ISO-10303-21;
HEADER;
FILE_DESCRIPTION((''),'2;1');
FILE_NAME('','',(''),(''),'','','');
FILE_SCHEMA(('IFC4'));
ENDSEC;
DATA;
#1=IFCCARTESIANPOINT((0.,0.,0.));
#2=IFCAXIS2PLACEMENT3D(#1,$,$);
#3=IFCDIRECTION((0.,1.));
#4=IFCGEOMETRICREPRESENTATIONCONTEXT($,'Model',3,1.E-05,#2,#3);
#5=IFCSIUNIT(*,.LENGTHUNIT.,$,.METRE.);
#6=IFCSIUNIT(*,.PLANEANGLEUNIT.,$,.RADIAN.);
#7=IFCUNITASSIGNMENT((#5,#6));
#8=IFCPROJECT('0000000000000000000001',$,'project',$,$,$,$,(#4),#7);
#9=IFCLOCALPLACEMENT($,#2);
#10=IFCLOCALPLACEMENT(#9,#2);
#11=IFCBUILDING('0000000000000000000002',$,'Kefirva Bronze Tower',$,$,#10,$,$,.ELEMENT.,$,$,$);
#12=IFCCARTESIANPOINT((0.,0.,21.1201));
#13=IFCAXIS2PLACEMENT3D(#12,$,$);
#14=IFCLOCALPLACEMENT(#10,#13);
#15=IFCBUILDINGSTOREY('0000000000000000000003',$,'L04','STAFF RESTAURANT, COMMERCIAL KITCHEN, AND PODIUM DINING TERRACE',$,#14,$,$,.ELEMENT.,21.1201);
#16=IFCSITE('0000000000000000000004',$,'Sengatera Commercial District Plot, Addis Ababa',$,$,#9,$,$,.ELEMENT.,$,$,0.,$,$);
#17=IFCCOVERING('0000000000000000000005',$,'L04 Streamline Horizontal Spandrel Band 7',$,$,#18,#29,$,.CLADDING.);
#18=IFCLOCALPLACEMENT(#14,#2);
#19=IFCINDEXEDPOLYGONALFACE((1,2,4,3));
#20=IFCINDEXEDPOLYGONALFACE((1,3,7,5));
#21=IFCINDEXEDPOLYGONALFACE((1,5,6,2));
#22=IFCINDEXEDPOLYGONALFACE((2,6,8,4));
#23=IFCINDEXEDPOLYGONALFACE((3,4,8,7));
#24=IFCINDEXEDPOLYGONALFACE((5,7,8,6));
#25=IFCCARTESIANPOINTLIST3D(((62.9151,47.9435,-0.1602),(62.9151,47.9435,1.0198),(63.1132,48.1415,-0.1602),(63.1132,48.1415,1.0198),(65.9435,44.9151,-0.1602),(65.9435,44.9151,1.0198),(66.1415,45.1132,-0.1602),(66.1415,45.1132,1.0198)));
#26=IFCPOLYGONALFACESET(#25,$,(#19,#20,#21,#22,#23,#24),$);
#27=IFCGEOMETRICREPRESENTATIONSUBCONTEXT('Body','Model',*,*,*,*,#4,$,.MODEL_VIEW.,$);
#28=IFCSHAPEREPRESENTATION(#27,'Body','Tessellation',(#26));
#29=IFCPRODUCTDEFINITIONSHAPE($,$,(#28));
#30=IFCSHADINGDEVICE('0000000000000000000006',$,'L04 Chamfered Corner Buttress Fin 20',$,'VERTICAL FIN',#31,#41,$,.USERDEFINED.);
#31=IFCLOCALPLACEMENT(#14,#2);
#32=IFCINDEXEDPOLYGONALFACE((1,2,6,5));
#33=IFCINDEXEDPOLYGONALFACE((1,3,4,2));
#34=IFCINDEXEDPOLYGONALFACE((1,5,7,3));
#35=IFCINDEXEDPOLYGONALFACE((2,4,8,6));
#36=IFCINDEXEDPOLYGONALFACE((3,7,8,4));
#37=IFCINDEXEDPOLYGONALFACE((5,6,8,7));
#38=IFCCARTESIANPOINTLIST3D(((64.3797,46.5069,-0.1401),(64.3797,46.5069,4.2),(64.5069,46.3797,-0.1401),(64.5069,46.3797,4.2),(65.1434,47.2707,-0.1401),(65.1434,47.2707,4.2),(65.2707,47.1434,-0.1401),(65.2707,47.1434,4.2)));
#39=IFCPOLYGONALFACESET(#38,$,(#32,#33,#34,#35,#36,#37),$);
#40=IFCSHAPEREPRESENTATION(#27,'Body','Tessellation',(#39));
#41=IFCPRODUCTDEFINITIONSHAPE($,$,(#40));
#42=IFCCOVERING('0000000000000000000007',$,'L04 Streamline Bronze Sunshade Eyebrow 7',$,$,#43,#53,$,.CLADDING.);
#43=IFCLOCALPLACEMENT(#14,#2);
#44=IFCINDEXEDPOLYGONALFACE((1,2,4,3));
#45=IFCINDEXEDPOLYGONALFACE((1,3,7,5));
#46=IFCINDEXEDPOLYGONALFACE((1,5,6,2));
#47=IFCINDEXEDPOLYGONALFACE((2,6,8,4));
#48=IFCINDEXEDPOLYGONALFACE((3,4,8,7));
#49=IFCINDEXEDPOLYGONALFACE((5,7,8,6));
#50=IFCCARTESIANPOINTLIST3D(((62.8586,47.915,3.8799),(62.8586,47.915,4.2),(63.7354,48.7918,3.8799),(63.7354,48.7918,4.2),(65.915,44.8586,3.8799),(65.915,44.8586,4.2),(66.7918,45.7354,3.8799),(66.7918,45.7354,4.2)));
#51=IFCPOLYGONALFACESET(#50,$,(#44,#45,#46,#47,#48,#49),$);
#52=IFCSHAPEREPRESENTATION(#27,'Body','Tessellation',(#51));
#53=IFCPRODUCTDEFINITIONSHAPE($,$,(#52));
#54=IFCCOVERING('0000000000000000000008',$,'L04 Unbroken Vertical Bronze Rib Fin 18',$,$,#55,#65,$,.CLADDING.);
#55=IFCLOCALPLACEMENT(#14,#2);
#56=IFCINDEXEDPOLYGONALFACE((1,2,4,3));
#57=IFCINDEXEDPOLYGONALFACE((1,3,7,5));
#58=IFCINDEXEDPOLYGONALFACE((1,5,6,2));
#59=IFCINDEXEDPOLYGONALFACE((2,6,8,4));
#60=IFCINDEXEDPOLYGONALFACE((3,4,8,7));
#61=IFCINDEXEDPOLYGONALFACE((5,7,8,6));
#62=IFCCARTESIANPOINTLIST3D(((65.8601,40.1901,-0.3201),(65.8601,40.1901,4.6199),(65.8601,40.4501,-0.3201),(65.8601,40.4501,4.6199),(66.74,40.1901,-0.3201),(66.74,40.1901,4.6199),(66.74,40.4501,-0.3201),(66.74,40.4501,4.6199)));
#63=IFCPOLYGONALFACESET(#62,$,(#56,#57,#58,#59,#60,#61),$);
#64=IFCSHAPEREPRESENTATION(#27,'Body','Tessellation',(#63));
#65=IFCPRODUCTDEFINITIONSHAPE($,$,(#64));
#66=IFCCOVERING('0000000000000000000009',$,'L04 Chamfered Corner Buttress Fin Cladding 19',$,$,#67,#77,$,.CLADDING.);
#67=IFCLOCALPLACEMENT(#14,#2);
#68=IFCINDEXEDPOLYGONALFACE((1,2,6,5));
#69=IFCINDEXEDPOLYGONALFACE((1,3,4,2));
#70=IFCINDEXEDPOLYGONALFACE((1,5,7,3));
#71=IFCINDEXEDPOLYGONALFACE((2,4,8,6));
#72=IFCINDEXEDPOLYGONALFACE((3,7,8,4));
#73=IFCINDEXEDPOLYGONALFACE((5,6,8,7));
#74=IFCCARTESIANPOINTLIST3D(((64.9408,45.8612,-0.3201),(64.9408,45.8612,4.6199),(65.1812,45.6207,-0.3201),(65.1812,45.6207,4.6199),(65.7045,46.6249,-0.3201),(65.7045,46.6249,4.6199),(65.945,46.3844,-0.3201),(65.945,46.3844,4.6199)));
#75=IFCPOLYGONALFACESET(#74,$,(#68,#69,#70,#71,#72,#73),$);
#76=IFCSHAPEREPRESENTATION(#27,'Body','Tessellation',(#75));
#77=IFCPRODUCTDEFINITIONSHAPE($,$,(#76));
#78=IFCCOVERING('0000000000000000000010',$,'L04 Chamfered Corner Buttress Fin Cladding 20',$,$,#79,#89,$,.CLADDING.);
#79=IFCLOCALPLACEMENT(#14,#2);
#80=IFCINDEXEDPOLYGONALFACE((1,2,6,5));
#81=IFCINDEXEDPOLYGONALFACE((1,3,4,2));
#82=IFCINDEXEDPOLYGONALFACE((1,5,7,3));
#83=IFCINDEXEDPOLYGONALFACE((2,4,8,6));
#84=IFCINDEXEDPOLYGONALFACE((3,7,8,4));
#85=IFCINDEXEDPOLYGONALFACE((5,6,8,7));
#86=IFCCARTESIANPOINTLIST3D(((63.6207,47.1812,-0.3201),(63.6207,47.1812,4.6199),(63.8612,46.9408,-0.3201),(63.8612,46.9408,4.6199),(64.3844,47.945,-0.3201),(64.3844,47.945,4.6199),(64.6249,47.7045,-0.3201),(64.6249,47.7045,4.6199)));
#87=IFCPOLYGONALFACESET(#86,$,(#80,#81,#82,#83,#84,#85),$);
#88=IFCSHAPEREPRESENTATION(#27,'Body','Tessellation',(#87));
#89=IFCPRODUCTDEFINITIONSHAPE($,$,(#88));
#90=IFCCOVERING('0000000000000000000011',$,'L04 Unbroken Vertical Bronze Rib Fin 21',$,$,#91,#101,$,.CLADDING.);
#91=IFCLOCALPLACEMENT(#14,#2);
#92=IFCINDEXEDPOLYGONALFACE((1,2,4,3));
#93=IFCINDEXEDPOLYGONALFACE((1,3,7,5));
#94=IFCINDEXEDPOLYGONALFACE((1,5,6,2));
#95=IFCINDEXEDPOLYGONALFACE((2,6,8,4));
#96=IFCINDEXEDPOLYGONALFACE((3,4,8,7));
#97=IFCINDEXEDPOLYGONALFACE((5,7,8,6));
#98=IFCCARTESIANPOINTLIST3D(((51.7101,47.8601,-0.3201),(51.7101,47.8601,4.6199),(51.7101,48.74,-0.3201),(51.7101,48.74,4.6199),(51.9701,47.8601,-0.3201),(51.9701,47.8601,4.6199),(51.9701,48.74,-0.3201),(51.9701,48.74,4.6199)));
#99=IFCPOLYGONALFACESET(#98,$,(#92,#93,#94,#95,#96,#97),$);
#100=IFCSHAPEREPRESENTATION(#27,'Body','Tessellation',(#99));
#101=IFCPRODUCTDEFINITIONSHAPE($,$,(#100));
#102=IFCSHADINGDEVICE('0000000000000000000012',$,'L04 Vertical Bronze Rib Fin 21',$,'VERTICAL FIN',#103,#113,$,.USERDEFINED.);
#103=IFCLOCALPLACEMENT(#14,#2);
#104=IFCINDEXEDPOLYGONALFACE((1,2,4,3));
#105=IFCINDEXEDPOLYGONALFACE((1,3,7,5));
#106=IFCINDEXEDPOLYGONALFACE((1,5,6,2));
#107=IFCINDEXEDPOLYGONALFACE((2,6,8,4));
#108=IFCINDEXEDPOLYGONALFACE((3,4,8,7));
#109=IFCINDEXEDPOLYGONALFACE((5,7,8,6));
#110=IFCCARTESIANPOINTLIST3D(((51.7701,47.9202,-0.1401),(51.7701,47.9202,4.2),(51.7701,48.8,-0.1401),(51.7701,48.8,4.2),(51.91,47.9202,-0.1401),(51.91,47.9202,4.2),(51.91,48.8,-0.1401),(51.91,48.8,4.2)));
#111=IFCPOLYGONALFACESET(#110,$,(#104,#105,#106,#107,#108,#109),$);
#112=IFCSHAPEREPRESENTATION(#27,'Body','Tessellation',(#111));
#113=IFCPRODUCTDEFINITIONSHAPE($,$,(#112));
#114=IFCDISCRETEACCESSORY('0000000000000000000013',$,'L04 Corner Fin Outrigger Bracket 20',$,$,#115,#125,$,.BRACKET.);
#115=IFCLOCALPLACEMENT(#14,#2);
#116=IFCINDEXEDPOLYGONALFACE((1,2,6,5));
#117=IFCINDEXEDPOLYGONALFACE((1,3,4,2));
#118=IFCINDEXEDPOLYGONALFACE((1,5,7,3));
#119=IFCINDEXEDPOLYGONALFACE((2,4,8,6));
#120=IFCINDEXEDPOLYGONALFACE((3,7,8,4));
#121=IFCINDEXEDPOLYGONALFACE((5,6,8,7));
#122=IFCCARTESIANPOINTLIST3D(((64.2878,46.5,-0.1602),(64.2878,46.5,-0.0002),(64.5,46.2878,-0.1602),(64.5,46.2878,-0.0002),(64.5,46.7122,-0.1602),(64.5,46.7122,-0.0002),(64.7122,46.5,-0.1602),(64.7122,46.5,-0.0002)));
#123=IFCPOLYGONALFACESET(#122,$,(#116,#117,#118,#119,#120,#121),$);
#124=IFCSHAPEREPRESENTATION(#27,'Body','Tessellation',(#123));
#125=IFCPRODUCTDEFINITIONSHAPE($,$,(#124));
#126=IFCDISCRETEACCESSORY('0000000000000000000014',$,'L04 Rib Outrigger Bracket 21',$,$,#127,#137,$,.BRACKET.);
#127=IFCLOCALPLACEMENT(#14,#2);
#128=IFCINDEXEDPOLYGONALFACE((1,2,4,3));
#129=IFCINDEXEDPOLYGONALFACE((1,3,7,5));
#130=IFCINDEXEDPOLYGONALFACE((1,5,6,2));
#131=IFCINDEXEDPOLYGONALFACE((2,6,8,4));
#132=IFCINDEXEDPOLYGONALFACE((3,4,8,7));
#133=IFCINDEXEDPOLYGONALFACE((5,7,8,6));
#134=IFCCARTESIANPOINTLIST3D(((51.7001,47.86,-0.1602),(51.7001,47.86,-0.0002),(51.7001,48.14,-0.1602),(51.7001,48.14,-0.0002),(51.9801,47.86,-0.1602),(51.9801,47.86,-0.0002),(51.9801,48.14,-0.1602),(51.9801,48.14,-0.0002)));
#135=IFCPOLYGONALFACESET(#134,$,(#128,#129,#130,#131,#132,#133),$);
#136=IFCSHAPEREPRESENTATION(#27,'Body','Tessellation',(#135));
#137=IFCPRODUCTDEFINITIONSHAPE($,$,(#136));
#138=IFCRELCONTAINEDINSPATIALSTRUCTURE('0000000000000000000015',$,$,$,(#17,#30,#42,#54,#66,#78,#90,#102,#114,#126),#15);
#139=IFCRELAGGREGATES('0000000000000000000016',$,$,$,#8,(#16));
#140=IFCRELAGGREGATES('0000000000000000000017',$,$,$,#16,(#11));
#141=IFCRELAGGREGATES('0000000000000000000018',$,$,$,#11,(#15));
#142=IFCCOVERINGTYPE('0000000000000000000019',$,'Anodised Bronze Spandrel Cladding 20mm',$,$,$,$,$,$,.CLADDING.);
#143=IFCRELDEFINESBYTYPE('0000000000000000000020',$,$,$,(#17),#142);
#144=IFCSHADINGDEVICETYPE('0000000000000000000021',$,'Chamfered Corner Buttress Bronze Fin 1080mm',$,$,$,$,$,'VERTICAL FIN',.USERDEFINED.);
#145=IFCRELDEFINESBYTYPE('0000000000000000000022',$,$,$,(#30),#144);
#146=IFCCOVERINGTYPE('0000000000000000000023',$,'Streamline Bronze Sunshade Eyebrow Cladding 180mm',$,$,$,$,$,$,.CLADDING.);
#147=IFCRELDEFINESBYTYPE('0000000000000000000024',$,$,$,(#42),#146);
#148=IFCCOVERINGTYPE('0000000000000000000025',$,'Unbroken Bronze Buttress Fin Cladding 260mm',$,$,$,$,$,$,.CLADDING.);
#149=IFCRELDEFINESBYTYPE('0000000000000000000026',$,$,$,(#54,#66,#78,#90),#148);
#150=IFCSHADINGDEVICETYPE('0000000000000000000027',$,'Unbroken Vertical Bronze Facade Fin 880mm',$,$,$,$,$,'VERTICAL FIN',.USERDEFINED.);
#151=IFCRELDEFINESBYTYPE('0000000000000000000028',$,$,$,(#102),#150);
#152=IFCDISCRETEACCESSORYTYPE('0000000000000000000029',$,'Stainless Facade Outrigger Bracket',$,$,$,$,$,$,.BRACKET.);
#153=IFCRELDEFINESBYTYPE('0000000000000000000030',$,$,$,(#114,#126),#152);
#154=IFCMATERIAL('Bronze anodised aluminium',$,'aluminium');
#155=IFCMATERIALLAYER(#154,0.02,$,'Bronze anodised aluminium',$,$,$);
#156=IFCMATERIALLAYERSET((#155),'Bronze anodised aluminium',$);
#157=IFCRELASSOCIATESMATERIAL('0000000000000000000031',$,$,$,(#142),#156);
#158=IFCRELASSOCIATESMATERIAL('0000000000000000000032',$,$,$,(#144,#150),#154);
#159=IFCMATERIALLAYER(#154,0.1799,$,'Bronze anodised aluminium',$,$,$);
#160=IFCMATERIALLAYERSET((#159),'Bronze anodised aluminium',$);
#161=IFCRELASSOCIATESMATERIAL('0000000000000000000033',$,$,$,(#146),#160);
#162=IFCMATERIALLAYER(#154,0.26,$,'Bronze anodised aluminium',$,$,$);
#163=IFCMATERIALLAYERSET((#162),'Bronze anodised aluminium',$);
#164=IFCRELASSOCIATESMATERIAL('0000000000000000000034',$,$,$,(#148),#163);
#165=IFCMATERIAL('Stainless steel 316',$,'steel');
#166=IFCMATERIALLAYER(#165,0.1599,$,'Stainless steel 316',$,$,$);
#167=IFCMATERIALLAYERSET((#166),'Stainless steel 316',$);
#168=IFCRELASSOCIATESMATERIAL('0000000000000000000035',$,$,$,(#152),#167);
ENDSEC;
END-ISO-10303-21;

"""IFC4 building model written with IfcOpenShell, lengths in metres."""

from ifc_helpers import new_model, si_unit, direction, frame, origin, origin_2d, place, context, subcontext, project, spatial, rectangle, extrude, material, layer, layer_set, material_profile, profile_set, type_object, element, save


model = new_model("IFC4")

# Units and contexts
model_context = context("Model", 3, precision=1e-05, world=origin(), true_north=direction((0.0, 1.0)))
body_context = subcontext(model_context, "Body", "Model", "MODEL_VIEW")
ifc_project = project(units=[si_unit("LENGTHUNIT", "METRE"), si_unit("PLANEANGLEUNIT", "RADIAN")], contexts=[model_context])

# Site, building, storey
site_placement = place(None, origin())
site = spatial("IfcSite", under=ifc_project, at=site_placement, Name="Sengatera Commercial District Plot, Addis Ababa", CompositionType="ELEMENT", RefElevation=0.0)
building_placement = place(site_placement, origin())
building = spatial("IfcBuilding", under=site, at=building_placement, Name="Kefirva Bronze Tower", CompositionType="ELEMENT")
storey_placement = place(building_placement, frame((0.0, 0.0, 21.1201)))
storey = spatial("IfcBuildingStorey", under=building, at=storey_placement, Name="L04", Description="STAFF RESTAURANT, COMMERCIAL KITCHEN, AND PODIUM DINING TERRACE", CompositionType="ELEMENT", Elevation=21.1201)

# Shared definitions
ifc_material_1 = material(Name="Bronze anodised aluminium", Category="aluminium")

# Covering
ifc_layer_1 = layer(ifc_material_1, 0.02, Name="Bronze anodised aluminium")
ifc_layer_set_1 = layer_set([ifc_layer_1], Name="Bronze anodised aluminium")
covering_type_1 = type_object("IfcCoveringType", Name="Anodised Bronze Spandrel Cladding 20mm", PredefinedType="CLADDING", material=ifc_layer_set_1)
covering_1_placement = place(storey_placement, frame((64.5283, 46.5283, -0.1602), z_axis=(0.0, 0.0, 1.0), x_axis=(-0.707107, 0.707107, 0.0)))
element("IfcCovering", 1, at=covering_1_placement, inside=storey, type_object=covering_type_1, Name="L04 Streamline Horizontal Spandrel Band 7", PredefinedType="CLADDING", context=body_context, shape_type="SweptSolid", body=[
    extrude(rectangle(XDim=4.2827, YDim=0.28, at=origin_2d()), origin(), (0.0, 0.0, 1.0), 1.1799),
])

# Shading device
ifc_material_profile_1 = material_profile(ifc_material_1, rectangle(XDim=0.1799, YDim=1.0801, at=origin_2d()), Name="BRONZE BUTTRESS FIN 180x1080")
ifc_profile_set_1 = profile_set([ifc_material_profile_1], Name="Bronze anodised aluminium")
shading_device_type_1 = type_object("IfcShadingDeviceType", Name="Chamfered Corner Buttress Bronze Fin 1080mm", ElementType="VERTICAL FIN", PredefinedType="USERDEFINED", material=ifc_profile_set_1)
shading_device_1_placement = place(storey_placement, frame((64.8252, 46.8252, -0.1401), z_axis=(0.0, 0.0, 1.0), x_axis=(-0.707107, 0.707107, 0.0)))
element("IfcShadingDevice", 2, at=shading_device_1_placement, inside=storey, type_object=shading_device_type_1, Name="L04 Chamfered Corner Buttress Fin 20", ObjectType="VERTICAL FIN", PredefinedType="USERDEFINED", context=body_context, shape_type="SweptSolid", body=[
    extrude(rectangle(XDim=0.1799, YDim=1.0801, at=origin_2d()), origin(), (0.0, 0.0, 1.0), 4.3401),
])

# Coverings
ifc_layer_2 = layer(ifc_material_1, 0.1799, Name="Bronze anodised aluminium")
ifc_layer_set_2 = layer_set([ifc_layer_2], Name="Bronze anodised aluminium")
covering_type_2 = type_object("IfcCoveringType", Name="Streamline Bronze Sunshade Eyebrow Cladding 180mm", PredefinedType="CLADDING", material=ifc_layer_set_2)
covering_2_placement = place(storey_placement, frame((64.8252, 46.8252, 3.8799), z_axis=(0.0, 0.0, 1.0), x_axis=(-0.707107, 0.707107, 0.0)))
element("IfcCovering", 3, at=covering_2_placement, inside=storey, type_object=covering_type_2, Name="L04 Streamline Bronze Sunshade Eyebrow 7", PredefinedType="CLADDING", context=body_context, shape_type="SweptSolid", body=[
    extrude(rectangle(XDim=4.3225, YDim=1.24, at=origin_2d()), origin(), (0.0, 0.0, 1.0), 0.3201),
])
ifc_layer_3 = layer(ifc_material_1, 0.26, Name="Bronze anodised aluminium")
ifc_layer_set_3 = layer_set([ifc_layer_3], Name="Bronze anodised aluminium")
covering_type_3 = type_object("IfcCoveringType", Name="Unbroken Bronze Buttress Fin Cladding 260mm", PredefinedType="CLADDING", material=ifc_layer_set_3)
covering_3_placement = place(storey_placement, frame((66.3, 40.3201, -0.3201), z_axis=(0.0, 0.0, 1.0), x_axis=(0.0, 1.0, 0.0)))
element("IfcCovering", 4, at=covering_3_placement, inside=storey, type_object=covering_type_3, Name="L04 Unbroken Vertical Bronze Rib Fin 18", PredefinedType="CLADDING", context=body_context, shape_type="SweptSolid", body=[
    extrude(rectangle(XDim=0.26, YDim=0.8799, at=origin_2d()), origin(), (0.0, 0.0, 1.0), 4.9399),
])
for number, where, z_axis, x_axis, name in (
    (5, (65.4429, 46.1228, -0.3201), (0.0, 0.0, 1.0), (-0.707107, 0.707107, 0.0), "L04 Chamfered Corner Buttress Fin Cladding 19"),
    (6, (64.1228, 47.4429, -0.3201), (0.0, 0.0, 1.0), (-0.707107, 0.707107, 0.0), "L04 Chamfered Corner Buttress Fin Cladding 20"),
):
    element("IfcCovering", number, at=place(storey_placement, frame(where, z_axis=z_axis, x_axis=x_axis)), inside=storey, type_object=covering_type_3, Name=name, PredefinedType="CLADDING", context=body_context, shape_type="SweptSolid", body=[
        extrude(rectangle(XDim=0.3401, YDim=1.0801, at=origin_2d()), origin(), (0.0, 0.0, 1.0), 4.9399),
    ])
covering_4_placement = place(storey_placement, frame((51.8401, 48.3, -0.3201), z_axis=(0.0, 0.0, 1.0), x_axis=(-1.0, 0.0, 0.0)))
element("IfcCovering", 7, at=covering_4_placement, inside=storey, type_object=covering_type_3, Name="L04 Unbroken Vertical Bronze Rib Fin 21", PredefinedType="CLADDING", context=body_context, shape_type="SweptSolid", body=[
    extrude(rectangle(XDim=0.26, YDim=0.8799, at=origin_2d()), origin(), (0.0, 0.0, 1.0), 4.9399),
])

# Shading device
ifc_material_profile_2 = material_profile(ifc_material_1, rectangle(XDim=0.1399, YDim=0.8799, at=origin_2d()), Name="BRONZE FIN 140x880")
ifc_profile_set_2 = profile_set([ifc_material_profile_2], Name="Bronze anodised aluminium")
shading_device_type_2 = type_object("IfcShadingDeviceType", Name="Unbroken Vertical Bronze Facade Fin 880mm", ElementType="VERTICAL FIN", PredefinedType="USERDEFINED", material=ifc_profile_set_2)
shading_device_2_placement = place(storey_placement, frame((51.8401, 48.3601, -0.1401), z_axis=(0.0, 0.0, 1.0), x_axis=(-1.0, 0.0, 0.0)))
element("IfcShadingDevice", 8, at=shading_device_2_placement, inside=storey, type_object=shading_device_type_2, Name="L04 Vertical Bronze Rib Fin 21", ObjectType="VERTICAL FIN", PredefinedType="USERDEFINED", context=body_context, shape_type="SweptSolid", body=[
    extrude(rectangle(XDim=0.1399, YDim=0.8799, at=origin_2d()), origin(), (0.0, 0.0, 1.0), 4.3401),
])

# Discrete accessories
ifc_material_2 = material(Name="Stainless steel 316", Category="steel")
ifc_layer_4 = layer(ifc_material_2, 0.1599, Name="Stainless steel 316")
ifc_layer_set_4 = layer_set([ifc_layer_4], Name="Stainless steel 316")
discrete_accessory_type = type_object("IfcDiscreteAccessoryType", Name="Stainless Facade Outrigger Bracket", PredefinedType="BRACKET", material=ifc_layer_set_4)
discrete_accessory_1_placement = place(storey_placement, frame((64.5, 46.5, -0.1602), z_axis=(0.0, 0.0, 1.0), x_axis=(-0.707107, 0.707107, 0.0)))
element("IfcDiscreteAccessory", 9, at=discrete_accessory_1_placement, inside=storey, type_object=discrete_accessory_type, Name="L04 Corner Fin Outrigger Bracket 20", PredefinedType="BRACKET", context=body_context, shape_type="SweptSolid", body=[
    extrude(rectangle(XDim=0.3, YDim=0.3, at=origin_2d()), origin(), (0.0, 0.0, 1.0), 0.1599),
])
discrete_accessory_2_placement = place(storey_placement, frame((51.8401, 48.0, -0.1602), z_axis=(0.0, 0.0, 1.0), x_axis=(-1.0, 0.0, 0.0)))
element("IfcDiscreteAccessory", 10, at=discrete_accessory_2_placement, inside=storey, type_object=discrete_accessory_type, Name="L04 Rib Outrigger Bracket 21", PredefinedType="BRACKET", context=body_context, shape_type="SweptSolid", body=[
    extrude(rectangle(XDim=0.28, YDim=0.28, at=origin_2d()), origin(), (0.0, 0.0, 1.0), 0.1599),
])

save(model, "model.ifc")
